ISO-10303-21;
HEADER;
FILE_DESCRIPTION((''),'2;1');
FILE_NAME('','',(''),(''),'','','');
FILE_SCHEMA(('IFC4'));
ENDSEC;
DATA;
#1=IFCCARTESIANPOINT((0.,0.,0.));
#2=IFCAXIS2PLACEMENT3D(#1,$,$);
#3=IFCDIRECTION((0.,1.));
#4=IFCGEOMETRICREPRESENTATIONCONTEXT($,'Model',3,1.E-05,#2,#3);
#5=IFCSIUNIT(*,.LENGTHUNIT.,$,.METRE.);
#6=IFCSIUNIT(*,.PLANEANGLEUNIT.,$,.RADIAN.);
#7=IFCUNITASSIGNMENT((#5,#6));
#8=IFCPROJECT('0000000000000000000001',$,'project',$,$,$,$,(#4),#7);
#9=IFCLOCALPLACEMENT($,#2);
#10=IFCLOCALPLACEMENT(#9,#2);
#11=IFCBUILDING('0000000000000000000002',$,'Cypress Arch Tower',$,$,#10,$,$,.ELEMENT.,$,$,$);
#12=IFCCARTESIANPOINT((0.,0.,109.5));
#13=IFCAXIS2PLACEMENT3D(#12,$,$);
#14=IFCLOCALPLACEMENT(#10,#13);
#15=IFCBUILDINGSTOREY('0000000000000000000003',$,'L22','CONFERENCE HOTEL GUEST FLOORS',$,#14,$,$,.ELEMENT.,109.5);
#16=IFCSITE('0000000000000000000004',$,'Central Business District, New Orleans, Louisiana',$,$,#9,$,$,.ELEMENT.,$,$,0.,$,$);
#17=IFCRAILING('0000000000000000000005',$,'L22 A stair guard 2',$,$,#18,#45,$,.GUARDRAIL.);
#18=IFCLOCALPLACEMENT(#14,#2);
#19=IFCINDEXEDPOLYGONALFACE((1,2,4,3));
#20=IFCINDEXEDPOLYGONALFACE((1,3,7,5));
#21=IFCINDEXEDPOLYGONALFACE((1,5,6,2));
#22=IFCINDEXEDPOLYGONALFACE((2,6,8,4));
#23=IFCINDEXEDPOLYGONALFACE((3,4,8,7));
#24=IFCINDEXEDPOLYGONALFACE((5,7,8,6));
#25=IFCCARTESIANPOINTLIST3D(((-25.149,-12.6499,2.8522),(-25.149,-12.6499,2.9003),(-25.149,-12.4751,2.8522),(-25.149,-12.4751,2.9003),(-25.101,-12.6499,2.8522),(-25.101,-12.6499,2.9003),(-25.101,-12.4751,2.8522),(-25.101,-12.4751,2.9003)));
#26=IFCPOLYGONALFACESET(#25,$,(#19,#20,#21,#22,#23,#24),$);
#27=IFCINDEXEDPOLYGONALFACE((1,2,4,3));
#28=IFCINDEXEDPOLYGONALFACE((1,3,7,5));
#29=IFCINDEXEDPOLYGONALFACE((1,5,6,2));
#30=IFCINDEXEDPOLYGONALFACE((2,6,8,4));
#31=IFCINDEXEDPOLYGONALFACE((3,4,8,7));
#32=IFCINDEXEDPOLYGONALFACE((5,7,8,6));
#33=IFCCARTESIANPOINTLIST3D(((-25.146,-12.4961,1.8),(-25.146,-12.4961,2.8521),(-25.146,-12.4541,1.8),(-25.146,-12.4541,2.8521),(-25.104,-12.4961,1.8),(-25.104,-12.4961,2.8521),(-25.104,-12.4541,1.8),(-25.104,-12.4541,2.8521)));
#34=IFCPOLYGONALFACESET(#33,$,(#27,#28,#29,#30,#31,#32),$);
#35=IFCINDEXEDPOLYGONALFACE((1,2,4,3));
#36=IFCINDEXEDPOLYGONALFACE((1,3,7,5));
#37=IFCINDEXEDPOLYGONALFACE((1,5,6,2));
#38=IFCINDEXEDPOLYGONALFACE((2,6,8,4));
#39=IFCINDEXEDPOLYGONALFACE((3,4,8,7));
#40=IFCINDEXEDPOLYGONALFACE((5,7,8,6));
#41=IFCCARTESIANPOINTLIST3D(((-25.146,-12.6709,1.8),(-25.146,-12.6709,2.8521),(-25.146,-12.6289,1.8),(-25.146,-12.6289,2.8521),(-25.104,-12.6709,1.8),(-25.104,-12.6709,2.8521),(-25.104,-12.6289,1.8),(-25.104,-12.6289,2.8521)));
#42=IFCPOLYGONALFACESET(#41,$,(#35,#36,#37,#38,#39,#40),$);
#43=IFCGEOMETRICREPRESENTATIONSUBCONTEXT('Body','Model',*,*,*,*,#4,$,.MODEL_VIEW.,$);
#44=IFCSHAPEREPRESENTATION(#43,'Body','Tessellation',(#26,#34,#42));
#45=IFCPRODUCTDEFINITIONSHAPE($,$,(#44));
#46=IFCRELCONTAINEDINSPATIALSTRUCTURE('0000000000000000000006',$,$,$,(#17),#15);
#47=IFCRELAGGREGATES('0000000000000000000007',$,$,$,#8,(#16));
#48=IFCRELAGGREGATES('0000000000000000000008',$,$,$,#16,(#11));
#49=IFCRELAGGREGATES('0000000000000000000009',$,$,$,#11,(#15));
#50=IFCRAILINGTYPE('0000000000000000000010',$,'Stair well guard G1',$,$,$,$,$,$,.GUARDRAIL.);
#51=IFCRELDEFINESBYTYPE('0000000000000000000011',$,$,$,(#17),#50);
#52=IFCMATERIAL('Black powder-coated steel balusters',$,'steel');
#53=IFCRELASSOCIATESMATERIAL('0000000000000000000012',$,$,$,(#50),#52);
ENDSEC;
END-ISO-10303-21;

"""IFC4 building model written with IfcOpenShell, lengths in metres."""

from ifc_helpers import new_model, si_unit, direction, frame, origin, origin_2d, place, context, subcontext, project, spatial, rectangle, extrude, material, type_object, element, save


model = new_model("IFC4")

# Units and contexts
model_context = context("Model", 3, precision=1e-05, world=origin(), true_north=direction((0.0, 1.0)))
body_context = subcontext(model_context, "Body", "Model", "MODEL_VIEW")
ifc_project = project(units=[si_unit("LENGTHUNIT", "METRE"), si_unit("PLANEANGLEUNIT", "RADIAN")], contexts=[model_context])

# Site, building, storey
site_placement = place(None, origin())
site = spatial("IfcSite", under=ifc_project, at=site_placement, Name="Central Business District, New Orleans, Louisiana", CompositionType="ELEMENT", RefElevation=0.0)
building_placement = place(site_placement, origin())
building = spatial("IfcBuilding", under=site, at=building_placement, Name="Cypress Arch Tower", CompositionType="ELEMENT")
storey_placement = place(building_placement, frame((0.0, 0.0, 109.5)))
storey = spatial("IfcBuildingStorey", under=building, at=storey_placement, Name="L22", Description="CONFERENCE HOTEL GUEST FLOORS", CompositionType="ELEMENT", Elevation=109.5)

# Railing
ifc_material_1 = material(Name="Black powder-coated steel balusters", Category="steel")
railing_type_1 = type_object("IfcRailingType", Name="Stair well guard G1", PredefinedType="GUARDRAIL", material=ifc_material_1)
railing_1_placement = place(storey_placement, frame((-25.125, -12.4751, 1.8)))
element("IfcRailing", 1, at=railing_1_placement, inside=storey, type_object=railing_type_1, Name="L22 A stair guard 2", PredefinedType="GUARDRAIL", context=body_context, shape_type="SweptSolid", body=[
    extrude(rectangle(XDim=0.0481, YDim=0.0481, at=origin_2d()), frame((0.0, 0.0, 1.0762), z_axis=(0.0, -1.0, 0.0), x_axis=(1.0, 0.0, 0.0)), (0.0, 0.0, 1.0), 0.1748),
    extrude(rectangle(XDim=0.042, YDim=0.042, at=origin_2d()), origin(), (0.0, 0.0, 1.0), 1.052),
    extrude(rectangle(XDim=0.042, YDim=0.042, at=origin_2d()), frame((0.0, -0.1748, 0.0)), (0.0, 0.0, 1.0), 1.052),
])

save(model, "model.ifc")
